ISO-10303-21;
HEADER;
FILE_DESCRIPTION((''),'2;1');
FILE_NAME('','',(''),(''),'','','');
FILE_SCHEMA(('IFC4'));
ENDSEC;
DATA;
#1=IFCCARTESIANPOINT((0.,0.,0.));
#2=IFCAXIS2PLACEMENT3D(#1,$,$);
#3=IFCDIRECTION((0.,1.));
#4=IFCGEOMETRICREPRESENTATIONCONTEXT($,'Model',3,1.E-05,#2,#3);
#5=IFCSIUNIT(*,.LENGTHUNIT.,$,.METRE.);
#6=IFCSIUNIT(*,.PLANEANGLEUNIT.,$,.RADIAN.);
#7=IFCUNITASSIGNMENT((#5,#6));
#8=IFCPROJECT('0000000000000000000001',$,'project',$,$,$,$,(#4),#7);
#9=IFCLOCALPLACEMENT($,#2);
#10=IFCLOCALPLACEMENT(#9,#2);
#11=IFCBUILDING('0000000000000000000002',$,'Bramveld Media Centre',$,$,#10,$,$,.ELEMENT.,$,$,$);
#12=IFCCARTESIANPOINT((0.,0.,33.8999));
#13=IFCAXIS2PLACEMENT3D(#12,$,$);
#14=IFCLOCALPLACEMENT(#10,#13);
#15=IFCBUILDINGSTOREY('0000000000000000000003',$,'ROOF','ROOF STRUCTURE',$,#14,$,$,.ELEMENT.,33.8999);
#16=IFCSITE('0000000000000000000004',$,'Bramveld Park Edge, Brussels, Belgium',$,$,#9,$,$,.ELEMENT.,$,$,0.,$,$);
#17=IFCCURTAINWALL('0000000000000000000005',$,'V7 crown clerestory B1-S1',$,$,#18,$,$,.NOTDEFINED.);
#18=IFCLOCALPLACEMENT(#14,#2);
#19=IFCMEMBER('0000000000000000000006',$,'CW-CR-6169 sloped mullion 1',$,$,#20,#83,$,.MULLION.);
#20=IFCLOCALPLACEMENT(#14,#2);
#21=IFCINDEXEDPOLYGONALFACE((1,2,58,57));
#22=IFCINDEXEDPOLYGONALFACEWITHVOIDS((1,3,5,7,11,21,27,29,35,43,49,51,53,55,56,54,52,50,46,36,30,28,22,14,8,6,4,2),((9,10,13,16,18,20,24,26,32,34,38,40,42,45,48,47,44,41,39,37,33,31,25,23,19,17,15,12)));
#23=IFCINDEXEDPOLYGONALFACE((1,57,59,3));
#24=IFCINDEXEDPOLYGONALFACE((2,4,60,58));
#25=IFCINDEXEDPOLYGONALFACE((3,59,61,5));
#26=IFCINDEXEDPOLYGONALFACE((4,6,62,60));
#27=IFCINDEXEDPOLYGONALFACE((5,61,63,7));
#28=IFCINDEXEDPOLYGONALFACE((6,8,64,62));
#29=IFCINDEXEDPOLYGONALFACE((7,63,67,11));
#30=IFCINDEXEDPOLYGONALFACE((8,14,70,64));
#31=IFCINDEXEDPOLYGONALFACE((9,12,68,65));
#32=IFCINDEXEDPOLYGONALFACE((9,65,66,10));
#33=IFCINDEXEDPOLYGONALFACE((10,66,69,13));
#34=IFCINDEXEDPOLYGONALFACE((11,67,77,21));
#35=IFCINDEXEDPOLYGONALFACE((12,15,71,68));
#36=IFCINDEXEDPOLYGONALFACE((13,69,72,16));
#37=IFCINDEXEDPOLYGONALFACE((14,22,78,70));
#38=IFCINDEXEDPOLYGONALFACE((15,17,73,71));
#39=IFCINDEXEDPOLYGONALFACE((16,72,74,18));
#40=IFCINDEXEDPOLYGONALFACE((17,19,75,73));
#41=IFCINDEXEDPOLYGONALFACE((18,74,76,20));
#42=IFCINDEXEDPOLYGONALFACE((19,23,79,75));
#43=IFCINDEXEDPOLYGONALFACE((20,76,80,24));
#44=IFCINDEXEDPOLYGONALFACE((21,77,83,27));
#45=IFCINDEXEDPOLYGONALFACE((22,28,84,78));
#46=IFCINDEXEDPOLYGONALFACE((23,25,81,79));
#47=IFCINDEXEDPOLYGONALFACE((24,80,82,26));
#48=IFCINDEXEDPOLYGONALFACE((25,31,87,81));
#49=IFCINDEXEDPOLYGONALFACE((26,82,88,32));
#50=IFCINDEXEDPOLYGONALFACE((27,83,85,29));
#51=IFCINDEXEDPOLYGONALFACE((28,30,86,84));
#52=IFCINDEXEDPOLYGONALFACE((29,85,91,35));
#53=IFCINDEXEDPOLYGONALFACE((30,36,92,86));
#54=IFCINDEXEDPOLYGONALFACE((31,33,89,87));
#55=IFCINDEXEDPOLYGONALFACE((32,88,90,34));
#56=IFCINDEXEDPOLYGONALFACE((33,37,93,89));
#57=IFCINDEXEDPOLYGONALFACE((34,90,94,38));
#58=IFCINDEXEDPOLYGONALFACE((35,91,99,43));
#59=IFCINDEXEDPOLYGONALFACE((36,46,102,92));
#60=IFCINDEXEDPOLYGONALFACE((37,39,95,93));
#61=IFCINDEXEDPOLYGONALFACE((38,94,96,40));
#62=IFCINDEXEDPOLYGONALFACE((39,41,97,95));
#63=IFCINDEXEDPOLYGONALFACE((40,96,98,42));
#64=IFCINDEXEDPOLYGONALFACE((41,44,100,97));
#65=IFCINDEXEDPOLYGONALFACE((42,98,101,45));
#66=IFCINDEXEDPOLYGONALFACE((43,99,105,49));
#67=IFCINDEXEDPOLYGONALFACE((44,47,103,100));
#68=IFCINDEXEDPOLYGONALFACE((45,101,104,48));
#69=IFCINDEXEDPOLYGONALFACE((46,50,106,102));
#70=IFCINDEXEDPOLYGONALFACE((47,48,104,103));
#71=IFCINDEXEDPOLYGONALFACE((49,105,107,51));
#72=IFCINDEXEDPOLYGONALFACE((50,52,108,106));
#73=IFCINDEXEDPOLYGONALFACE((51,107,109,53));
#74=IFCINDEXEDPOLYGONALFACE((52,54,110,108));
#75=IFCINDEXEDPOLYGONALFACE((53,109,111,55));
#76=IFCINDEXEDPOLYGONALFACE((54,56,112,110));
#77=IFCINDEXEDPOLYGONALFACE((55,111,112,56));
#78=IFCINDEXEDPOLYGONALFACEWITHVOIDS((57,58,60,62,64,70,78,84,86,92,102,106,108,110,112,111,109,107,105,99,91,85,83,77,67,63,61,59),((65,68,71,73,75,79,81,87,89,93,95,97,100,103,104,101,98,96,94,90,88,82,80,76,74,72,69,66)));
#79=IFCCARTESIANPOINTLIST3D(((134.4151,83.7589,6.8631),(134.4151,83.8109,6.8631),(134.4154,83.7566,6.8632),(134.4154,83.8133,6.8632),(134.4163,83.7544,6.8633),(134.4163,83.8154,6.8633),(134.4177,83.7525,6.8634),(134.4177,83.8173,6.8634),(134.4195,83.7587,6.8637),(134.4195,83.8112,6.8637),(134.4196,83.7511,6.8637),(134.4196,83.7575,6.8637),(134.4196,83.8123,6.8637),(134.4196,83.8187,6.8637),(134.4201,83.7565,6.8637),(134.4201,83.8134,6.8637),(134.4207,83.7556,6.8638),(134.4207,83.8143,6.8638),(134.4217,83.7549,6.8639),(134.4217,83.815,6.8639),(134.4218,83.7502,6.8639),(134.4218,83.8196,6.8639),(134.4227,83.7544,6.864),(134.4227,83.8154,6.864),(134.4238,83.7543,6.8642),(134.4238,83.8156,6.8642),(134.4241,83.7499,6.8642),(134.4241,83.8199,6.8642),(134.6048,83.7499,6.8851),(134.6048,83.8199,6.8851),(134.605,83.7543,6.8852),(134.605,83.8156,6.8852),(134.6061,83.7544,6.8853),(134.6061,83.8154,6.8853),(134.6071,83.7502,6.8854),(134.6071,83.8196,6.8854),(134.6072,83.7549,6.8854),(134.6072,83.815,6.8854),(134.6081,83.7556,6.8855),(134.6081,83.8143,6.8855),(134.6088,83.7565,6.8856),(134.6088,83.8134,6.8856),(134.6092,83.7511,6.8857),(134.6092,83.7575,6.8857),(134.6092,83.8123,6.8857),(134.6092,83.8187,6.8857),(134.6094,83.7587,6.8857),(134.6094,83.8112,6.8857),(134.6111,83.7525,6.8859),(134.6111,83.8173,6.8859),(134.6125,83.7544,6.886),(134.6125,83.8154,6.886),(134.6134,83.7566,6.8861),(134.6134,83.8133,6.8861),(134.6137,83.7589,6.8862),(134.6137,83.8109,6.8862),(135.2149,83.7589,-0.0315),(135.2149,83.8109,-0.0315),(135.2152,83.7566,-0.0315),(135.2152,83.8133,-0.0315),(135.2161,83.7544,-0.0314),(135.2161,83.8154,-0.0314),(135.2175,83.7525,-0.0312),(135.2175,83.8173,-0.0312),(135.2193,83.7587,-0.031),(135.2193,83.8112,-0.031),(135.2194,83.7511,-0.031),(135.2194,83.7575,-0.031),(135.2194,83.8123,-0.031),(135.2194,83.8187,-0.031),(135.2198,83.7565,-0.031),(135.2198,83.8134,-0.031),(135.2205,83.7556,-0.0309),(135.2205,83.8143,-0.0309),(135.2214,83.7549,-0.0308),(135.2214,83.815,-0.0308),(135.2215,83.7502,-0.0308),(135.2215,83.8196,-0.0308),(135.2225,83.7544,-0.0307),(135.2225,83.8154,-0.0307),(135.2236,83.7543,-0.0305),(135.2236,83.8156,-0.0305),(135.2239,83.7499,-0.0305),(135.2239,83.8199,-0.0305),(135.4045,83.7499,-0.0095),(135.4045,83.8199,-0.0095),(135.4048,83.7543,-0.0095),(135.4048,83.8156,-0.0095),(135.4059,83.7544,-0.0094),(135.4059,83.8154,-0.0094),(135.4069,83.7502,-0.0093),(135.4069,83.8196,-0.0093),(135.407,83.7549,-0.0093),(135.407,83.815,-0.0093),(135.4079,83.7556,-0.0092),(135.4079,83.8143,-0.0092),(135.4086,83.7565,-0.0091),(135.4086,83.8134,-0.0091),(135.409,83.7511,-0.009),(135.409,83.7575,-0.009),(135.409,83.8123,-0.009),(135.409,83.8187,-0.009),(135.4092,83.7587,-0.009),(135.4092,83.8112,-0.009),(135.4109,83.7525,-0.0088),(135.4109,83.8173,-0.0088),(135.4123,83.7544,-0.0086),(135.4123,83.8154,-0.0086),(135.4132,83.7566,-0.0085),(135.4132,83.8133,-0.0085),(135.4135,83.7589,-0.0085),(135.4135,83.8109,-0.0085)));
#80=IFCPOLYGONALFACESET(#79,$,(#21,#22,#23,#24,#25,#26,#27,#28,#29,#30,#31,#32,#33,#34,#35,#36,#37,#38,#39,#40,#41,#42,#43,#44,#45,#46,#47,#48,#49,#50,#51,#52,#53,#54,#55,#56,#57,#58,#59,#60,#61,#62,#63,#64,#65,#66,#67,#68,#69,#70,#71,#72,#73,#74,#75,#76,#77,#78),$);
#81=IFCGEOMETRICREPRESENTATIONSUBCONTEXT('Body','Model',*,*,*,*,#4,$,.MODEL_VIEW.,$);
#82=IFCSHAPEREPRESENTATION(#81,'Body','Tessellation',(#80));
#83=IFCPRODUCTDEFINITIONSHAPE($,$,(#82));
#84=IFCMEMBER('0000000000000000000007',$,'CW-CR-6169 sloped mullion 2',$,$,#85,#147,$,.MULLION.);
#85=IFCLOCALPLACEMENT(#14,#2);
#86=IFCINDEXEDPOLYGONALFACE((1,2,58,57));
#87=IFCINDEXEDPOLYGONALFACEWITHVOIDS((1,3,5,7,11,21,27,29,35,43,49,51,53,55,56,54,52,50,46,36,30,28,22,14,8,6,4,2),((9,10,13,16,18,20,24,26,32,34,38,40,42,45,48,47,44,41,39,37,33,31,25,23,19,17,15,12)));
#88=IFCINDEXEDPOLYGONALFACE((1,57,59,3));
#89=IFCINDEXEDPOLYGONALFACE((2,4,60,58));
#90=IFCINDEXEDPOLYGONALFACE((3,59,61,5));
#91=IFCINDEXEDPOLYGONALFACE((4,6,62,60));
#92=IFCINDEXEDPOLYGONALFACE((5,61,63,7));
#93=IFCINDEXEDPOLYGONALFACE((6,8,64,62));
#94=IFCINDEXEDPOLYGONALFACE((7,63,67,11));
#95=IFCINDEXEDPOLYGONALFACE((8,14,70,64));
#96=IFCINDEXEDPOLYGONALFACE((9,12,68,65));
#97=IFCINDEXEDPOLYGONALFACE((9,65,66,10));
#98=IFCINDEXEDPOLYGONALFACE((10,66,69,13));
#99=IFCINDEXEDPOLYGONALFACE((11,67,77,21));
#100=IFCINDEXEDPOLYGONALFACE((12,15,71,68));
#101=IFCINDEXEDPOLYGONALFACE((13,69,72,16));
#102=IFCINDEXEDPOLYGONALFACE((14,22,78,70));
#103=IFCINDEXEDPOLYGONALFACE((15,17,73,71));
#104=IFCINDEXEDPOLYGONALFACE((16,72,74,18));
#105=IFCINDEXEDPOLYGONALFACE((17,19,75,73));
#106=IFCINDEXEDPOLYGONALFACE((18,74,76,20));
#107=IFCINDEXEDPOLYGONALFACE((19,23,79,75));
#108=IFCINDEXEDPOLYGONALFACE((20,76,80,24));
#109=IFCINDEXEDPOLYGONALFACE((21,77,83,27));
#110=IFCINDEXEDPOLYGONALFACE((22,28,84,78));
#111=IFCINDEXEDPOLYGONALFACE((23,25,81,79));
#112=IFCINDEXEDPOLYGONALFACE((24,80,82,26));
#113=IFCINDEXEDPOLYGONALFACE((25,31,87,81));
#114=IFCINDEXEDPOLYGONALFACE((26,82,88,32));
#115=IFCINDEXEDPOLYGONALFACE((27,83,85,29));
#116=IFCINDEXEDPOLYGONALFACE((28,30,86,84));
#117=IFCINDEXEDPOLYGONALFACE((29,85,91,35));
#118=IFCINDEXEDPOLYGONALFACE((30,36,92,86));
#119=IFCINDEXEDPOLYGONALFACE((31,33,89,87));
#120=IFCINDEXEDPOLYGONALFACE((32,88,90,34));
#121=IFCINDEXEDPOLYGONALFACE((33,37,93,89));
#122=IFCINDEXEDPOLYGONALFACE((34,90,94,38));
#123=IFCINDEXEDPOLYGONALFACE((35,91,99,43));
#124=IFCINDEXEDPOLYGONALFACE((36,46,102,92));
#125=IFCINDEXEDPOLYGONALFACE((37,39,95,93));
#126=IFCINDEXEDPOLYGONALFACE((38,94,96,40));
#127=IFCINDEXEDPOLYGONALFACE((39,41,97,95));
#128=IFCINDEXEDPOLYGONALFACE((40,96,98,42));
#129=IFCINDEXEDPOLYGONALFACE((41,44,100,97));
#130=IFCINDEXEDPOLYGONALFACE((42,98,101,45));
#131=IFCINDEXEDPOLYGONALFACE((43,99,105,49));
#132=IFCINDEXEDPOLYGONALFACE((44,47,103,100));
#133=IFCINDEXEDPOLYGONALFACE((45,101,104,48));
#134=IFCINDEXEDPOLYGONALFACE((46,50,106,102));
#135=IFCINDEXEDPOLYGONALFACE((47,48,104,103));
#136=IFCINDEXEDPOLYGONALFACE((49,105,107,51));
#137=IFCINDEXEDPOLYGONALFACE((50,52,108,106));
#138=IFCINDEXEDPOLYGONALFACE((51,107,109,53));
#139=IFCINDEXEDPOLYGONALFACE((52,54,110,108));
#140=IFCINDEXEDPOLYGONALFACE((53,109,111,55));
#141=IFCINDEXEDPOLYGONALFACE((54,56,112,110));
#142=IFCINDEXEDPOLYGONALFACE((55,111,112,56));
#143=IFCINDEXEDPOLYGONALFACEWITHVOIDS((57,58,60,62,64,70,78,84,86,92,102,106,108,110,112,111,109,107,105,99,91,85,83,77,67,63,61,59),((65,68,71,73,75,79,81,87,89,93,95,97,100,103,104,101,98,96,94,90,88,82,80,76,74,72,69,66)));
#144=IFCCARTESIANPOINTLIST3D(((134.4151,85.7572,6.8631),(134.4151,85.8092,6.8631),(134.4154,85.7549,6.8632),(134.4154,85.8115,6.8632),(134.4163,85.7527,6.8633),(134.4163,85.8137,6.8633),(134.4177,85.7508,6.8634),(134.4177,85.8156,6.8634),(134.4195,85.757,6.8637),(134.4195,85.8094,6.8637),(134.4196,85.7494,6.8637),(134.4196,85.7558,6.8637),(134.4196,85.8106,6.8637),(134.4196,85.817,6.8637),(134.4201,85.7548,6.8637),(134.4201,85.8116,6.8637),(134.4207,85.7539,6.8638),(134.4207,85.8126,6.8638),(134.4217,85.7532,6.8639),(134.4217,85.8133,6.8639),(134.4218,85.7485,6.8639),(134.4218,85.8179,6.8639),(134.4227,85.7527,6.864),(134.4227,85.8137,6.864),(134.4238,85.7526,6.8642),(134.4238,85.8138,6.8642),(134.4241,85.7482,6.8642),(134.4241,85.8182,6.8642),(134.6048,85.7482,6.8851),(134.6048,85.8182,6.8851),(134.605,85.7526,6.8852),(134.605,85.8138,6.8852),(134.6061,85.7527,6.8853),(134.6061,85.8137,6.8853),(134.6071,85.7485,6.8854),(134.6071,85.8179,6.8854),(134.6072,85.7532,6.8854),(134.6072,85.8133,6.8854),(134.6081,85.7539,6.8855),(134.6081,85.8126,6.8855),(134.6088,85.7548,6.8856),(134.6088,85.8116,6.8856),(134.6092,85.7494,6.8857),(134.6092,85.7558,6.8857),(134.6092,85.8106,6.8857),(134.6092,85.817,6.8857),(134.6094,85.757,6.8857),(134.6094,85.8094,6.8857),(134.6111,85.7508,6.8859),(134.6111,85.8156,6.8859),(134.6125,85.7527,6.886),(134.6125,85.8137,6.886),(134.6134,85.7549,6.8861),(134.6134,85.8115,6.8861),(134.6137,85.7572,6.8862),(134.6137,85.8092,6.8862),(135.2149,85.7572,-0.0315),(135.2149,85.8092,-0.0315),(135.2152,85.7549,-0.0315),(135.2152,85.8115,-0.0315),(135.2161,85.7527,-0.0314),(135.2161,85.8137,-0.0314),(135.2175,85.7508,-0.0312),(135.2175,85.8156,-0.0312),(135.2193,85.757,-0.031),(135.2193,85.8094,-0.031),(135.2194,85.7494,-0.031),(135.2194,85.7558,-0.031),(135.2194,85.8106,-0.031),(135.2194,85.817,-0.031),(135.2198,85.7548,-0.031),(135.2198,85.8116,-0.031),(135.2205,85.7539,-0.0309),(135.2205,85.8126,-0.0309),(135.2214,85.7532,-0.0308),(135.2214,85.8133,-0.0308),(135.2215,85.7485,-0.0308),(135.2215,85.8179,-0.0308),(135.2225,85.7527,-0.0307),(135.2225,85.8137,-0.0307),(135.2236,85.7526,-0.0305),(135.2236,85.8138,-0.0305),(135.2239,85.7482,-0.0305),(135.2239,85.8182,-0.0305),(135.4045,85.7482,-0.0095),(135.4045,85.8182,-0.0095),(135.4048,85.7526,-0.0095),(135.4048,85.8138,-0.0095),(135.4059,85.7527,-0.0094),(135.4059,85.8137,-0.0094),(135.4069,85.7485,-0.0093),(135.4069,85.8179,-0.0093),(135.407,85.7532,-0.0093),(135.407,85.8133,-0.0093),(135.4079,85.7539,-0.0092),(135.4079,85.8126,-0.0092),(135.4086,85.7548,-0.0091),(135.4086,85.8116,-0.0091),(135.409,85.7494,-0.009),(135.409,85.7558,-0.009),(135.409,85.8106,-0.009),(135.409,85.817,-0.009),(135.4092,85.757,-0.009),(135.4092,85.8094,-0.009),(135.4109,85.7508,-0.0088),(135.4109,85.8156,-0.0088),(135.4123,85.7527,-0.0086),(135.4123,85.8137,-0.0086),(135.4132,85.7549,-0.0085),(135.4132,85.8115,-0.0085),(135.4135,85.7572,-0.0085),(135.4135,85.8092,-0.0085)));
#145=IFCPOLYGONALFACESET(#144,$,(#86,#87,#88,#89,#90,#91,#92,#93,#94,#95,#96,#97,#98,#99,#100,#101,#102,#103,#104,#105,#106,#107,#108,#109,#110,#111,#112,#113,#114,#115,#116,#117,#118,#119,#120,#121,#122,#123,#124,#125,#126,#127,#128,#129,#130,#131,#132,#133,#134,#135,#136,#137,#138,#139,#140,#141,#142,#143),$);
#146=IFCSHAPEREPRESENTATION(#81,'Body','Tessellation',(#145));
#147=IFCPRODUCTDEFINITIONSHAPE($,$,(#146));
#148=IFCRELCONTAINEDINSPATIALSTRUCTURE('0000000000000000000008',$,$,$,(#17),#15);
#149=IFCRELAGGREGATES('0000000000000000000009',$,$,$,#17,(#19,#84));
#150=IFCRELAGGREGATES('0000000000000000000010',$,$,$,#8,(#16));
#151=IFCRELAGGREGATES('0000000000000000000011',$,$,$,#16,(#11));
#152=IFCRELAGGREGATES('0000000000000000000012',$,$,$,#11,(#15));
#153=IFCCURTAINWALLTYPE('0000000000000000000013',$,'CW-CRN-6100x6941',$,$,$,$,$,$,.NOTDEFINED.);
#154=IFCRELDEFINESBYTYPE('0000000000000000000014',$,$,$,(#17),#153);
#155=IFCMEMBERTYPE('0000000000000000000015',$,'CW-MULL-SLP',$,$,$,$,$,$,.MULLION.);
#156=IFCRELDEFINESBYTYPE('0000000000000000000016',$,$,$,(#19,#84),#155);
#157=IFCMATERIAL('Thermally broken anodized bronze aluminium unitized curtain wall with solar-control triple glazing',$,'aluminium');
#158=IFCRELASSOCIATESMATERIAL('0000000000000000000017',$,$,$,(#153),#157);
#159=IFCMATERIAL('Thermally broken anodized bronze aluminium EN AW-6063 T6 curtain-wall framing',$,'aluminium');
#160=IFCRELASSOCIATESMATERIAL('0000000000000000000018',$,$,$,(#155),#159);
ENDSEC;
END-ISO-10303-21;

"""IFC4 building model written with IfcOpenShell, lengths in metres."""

from ifc_helpers import new_model, si_unit, direction, frame, origin, origin_2d, place, context, subcontext, project, spatial, hollow_rectangle, extrude, material, material_profile, profile_set, type_object, element, aggregate, save


model = new_model("IFC4")

# Units and contexts
model_context = context("Model", 3, precision=1e-05, world=origin(), true_north=direction((0.0, 1.0)))
body_context = subcontext(model_context, "Body", "Model", "MODEL_VIEW")
ifc_project = project(units=[si_unit("LENGTHUNIT", "METRE"), si_unit("PLANEANGLEUNIT", "RADIAN")], contexts=[model_context])

# Site, building, storey
site_placement = place(None, origin())
site = spatial("IfcSite", under=ifc_project, at=site_placement, Name="Bramveld Park Edge, Brussels, Belgium", CompositionType="ELEMENT", RefElevation=0.0)
building_placement = place(site_placement, origin())
building = spatial("IfcBuilding", under=site, at=building_placement, Name="Bramveld Media Centre", CompositionType="ELEMENT")
storey_placement = place(building_placement, frame((0.0, 0.0, 33.8999)))
storey = spatial("IfcBuildingStorey", under=building, at=storey_placement, Name="ROOF", Description="ROOF STRUCTURE", CompositionType="ELEMENT", Elevation=33.8999)

# Curtain wall, members
ifc_material_1 = material(Name="Thermally broken anodized bronze aluminium unitized curtain wall with solar-control triple glazing", Category="aluminium")
curtain_wall_type = type_object("IfcCurtainWallType", Name="CW-CRN-6100x6941", PredefinedType="NOTDEFINED", material=ifc_material_1)
curtain_wall_1_placement = place(storey_placement, origin())
curtain_wall_1 = element("IfcCurtainWall", 1, at=curtain_wall_1_placement, inside=storey, type_object=curtain_wall_type, Name="V7 crown clerestory B1-S1", PredefinedType="NOTDEFINED")
ifc_material_2 = material(Name="Thermally broken anodized bronze aluminium EN AW-6063 T6 curtain-wall framing", Category="aluminium")
ifc_material_profile_1 = material_profile(ifc_material_2, hollow_rectangle(XDim=0.0701, YDim=0.2, WallThickness=0.0044, InnerFilletRadius=0.0044, OuterFilletRadius=0.009, at=origin_2d()), Name="AL-MULL 70x200")
ifc_profile_set_1 = profile_set([ifc_material_profile_1], Name="Thermally broken anodized bronze aluminium EN AW-6063 T6 curtain-wall framing")
member_type_1 = type_object("IfcMemberType", Name="CW-MULL-SLP", PredefinedType="MULLION", material=ifc_profile_set_1)
member_1_placement = place(storey_placement, frame((135.3142, 83.7849, -0.02), z_axis=(-0.115229, 0.0, 0.993339), x_axis=(0.0, -1.0, 0.0)))
member_1 = element("IfcMember", 2, at=member_1_placement, type_object=member_type_1, Name="CW-CR-6169 sloped mullion 1", PredefinedType="MULLION", context=body_context, shape_type="SweptSolid", body=[
    extrude(hollow_rectangle(XDim=0.0701, YDim=0.2, WallThickness=0.0044, InnerFilletRadius=0.0044, OuterFilletRadius=0.009, at=origin_2d()), origin(), (0.0, 0.0, 1.0), 6.9409),
])
member_2_placement = place(storey_placement, frame((135.3142, 85.7832, -0.02), z_axis=(-0.115229, 0.0, 0.993339), x_axis=(0.0, -1.0, 0.0)))
member_2 = element("IfcMember", 3, at=member_2_placement, type_object=member_type_1, Name="CW-CR-6169 sloped mullion 2", PredefinedType="MULLION", context=body_context, shape_type="SweptSolid", body=[
    extrude(hollow_rectangle(XDim=0.0701, YDim=0.2, WallThickness=0.0044, InnerFilletRadius=0.0044, OuterFilletRadius=0.009, at=origin_2d()), origin(), (0.0, 0.0, 1.0), 6.9409),
])
aggregate(curtain_wall_1, [member_1, member_2])

save(model, "model.ifc")
